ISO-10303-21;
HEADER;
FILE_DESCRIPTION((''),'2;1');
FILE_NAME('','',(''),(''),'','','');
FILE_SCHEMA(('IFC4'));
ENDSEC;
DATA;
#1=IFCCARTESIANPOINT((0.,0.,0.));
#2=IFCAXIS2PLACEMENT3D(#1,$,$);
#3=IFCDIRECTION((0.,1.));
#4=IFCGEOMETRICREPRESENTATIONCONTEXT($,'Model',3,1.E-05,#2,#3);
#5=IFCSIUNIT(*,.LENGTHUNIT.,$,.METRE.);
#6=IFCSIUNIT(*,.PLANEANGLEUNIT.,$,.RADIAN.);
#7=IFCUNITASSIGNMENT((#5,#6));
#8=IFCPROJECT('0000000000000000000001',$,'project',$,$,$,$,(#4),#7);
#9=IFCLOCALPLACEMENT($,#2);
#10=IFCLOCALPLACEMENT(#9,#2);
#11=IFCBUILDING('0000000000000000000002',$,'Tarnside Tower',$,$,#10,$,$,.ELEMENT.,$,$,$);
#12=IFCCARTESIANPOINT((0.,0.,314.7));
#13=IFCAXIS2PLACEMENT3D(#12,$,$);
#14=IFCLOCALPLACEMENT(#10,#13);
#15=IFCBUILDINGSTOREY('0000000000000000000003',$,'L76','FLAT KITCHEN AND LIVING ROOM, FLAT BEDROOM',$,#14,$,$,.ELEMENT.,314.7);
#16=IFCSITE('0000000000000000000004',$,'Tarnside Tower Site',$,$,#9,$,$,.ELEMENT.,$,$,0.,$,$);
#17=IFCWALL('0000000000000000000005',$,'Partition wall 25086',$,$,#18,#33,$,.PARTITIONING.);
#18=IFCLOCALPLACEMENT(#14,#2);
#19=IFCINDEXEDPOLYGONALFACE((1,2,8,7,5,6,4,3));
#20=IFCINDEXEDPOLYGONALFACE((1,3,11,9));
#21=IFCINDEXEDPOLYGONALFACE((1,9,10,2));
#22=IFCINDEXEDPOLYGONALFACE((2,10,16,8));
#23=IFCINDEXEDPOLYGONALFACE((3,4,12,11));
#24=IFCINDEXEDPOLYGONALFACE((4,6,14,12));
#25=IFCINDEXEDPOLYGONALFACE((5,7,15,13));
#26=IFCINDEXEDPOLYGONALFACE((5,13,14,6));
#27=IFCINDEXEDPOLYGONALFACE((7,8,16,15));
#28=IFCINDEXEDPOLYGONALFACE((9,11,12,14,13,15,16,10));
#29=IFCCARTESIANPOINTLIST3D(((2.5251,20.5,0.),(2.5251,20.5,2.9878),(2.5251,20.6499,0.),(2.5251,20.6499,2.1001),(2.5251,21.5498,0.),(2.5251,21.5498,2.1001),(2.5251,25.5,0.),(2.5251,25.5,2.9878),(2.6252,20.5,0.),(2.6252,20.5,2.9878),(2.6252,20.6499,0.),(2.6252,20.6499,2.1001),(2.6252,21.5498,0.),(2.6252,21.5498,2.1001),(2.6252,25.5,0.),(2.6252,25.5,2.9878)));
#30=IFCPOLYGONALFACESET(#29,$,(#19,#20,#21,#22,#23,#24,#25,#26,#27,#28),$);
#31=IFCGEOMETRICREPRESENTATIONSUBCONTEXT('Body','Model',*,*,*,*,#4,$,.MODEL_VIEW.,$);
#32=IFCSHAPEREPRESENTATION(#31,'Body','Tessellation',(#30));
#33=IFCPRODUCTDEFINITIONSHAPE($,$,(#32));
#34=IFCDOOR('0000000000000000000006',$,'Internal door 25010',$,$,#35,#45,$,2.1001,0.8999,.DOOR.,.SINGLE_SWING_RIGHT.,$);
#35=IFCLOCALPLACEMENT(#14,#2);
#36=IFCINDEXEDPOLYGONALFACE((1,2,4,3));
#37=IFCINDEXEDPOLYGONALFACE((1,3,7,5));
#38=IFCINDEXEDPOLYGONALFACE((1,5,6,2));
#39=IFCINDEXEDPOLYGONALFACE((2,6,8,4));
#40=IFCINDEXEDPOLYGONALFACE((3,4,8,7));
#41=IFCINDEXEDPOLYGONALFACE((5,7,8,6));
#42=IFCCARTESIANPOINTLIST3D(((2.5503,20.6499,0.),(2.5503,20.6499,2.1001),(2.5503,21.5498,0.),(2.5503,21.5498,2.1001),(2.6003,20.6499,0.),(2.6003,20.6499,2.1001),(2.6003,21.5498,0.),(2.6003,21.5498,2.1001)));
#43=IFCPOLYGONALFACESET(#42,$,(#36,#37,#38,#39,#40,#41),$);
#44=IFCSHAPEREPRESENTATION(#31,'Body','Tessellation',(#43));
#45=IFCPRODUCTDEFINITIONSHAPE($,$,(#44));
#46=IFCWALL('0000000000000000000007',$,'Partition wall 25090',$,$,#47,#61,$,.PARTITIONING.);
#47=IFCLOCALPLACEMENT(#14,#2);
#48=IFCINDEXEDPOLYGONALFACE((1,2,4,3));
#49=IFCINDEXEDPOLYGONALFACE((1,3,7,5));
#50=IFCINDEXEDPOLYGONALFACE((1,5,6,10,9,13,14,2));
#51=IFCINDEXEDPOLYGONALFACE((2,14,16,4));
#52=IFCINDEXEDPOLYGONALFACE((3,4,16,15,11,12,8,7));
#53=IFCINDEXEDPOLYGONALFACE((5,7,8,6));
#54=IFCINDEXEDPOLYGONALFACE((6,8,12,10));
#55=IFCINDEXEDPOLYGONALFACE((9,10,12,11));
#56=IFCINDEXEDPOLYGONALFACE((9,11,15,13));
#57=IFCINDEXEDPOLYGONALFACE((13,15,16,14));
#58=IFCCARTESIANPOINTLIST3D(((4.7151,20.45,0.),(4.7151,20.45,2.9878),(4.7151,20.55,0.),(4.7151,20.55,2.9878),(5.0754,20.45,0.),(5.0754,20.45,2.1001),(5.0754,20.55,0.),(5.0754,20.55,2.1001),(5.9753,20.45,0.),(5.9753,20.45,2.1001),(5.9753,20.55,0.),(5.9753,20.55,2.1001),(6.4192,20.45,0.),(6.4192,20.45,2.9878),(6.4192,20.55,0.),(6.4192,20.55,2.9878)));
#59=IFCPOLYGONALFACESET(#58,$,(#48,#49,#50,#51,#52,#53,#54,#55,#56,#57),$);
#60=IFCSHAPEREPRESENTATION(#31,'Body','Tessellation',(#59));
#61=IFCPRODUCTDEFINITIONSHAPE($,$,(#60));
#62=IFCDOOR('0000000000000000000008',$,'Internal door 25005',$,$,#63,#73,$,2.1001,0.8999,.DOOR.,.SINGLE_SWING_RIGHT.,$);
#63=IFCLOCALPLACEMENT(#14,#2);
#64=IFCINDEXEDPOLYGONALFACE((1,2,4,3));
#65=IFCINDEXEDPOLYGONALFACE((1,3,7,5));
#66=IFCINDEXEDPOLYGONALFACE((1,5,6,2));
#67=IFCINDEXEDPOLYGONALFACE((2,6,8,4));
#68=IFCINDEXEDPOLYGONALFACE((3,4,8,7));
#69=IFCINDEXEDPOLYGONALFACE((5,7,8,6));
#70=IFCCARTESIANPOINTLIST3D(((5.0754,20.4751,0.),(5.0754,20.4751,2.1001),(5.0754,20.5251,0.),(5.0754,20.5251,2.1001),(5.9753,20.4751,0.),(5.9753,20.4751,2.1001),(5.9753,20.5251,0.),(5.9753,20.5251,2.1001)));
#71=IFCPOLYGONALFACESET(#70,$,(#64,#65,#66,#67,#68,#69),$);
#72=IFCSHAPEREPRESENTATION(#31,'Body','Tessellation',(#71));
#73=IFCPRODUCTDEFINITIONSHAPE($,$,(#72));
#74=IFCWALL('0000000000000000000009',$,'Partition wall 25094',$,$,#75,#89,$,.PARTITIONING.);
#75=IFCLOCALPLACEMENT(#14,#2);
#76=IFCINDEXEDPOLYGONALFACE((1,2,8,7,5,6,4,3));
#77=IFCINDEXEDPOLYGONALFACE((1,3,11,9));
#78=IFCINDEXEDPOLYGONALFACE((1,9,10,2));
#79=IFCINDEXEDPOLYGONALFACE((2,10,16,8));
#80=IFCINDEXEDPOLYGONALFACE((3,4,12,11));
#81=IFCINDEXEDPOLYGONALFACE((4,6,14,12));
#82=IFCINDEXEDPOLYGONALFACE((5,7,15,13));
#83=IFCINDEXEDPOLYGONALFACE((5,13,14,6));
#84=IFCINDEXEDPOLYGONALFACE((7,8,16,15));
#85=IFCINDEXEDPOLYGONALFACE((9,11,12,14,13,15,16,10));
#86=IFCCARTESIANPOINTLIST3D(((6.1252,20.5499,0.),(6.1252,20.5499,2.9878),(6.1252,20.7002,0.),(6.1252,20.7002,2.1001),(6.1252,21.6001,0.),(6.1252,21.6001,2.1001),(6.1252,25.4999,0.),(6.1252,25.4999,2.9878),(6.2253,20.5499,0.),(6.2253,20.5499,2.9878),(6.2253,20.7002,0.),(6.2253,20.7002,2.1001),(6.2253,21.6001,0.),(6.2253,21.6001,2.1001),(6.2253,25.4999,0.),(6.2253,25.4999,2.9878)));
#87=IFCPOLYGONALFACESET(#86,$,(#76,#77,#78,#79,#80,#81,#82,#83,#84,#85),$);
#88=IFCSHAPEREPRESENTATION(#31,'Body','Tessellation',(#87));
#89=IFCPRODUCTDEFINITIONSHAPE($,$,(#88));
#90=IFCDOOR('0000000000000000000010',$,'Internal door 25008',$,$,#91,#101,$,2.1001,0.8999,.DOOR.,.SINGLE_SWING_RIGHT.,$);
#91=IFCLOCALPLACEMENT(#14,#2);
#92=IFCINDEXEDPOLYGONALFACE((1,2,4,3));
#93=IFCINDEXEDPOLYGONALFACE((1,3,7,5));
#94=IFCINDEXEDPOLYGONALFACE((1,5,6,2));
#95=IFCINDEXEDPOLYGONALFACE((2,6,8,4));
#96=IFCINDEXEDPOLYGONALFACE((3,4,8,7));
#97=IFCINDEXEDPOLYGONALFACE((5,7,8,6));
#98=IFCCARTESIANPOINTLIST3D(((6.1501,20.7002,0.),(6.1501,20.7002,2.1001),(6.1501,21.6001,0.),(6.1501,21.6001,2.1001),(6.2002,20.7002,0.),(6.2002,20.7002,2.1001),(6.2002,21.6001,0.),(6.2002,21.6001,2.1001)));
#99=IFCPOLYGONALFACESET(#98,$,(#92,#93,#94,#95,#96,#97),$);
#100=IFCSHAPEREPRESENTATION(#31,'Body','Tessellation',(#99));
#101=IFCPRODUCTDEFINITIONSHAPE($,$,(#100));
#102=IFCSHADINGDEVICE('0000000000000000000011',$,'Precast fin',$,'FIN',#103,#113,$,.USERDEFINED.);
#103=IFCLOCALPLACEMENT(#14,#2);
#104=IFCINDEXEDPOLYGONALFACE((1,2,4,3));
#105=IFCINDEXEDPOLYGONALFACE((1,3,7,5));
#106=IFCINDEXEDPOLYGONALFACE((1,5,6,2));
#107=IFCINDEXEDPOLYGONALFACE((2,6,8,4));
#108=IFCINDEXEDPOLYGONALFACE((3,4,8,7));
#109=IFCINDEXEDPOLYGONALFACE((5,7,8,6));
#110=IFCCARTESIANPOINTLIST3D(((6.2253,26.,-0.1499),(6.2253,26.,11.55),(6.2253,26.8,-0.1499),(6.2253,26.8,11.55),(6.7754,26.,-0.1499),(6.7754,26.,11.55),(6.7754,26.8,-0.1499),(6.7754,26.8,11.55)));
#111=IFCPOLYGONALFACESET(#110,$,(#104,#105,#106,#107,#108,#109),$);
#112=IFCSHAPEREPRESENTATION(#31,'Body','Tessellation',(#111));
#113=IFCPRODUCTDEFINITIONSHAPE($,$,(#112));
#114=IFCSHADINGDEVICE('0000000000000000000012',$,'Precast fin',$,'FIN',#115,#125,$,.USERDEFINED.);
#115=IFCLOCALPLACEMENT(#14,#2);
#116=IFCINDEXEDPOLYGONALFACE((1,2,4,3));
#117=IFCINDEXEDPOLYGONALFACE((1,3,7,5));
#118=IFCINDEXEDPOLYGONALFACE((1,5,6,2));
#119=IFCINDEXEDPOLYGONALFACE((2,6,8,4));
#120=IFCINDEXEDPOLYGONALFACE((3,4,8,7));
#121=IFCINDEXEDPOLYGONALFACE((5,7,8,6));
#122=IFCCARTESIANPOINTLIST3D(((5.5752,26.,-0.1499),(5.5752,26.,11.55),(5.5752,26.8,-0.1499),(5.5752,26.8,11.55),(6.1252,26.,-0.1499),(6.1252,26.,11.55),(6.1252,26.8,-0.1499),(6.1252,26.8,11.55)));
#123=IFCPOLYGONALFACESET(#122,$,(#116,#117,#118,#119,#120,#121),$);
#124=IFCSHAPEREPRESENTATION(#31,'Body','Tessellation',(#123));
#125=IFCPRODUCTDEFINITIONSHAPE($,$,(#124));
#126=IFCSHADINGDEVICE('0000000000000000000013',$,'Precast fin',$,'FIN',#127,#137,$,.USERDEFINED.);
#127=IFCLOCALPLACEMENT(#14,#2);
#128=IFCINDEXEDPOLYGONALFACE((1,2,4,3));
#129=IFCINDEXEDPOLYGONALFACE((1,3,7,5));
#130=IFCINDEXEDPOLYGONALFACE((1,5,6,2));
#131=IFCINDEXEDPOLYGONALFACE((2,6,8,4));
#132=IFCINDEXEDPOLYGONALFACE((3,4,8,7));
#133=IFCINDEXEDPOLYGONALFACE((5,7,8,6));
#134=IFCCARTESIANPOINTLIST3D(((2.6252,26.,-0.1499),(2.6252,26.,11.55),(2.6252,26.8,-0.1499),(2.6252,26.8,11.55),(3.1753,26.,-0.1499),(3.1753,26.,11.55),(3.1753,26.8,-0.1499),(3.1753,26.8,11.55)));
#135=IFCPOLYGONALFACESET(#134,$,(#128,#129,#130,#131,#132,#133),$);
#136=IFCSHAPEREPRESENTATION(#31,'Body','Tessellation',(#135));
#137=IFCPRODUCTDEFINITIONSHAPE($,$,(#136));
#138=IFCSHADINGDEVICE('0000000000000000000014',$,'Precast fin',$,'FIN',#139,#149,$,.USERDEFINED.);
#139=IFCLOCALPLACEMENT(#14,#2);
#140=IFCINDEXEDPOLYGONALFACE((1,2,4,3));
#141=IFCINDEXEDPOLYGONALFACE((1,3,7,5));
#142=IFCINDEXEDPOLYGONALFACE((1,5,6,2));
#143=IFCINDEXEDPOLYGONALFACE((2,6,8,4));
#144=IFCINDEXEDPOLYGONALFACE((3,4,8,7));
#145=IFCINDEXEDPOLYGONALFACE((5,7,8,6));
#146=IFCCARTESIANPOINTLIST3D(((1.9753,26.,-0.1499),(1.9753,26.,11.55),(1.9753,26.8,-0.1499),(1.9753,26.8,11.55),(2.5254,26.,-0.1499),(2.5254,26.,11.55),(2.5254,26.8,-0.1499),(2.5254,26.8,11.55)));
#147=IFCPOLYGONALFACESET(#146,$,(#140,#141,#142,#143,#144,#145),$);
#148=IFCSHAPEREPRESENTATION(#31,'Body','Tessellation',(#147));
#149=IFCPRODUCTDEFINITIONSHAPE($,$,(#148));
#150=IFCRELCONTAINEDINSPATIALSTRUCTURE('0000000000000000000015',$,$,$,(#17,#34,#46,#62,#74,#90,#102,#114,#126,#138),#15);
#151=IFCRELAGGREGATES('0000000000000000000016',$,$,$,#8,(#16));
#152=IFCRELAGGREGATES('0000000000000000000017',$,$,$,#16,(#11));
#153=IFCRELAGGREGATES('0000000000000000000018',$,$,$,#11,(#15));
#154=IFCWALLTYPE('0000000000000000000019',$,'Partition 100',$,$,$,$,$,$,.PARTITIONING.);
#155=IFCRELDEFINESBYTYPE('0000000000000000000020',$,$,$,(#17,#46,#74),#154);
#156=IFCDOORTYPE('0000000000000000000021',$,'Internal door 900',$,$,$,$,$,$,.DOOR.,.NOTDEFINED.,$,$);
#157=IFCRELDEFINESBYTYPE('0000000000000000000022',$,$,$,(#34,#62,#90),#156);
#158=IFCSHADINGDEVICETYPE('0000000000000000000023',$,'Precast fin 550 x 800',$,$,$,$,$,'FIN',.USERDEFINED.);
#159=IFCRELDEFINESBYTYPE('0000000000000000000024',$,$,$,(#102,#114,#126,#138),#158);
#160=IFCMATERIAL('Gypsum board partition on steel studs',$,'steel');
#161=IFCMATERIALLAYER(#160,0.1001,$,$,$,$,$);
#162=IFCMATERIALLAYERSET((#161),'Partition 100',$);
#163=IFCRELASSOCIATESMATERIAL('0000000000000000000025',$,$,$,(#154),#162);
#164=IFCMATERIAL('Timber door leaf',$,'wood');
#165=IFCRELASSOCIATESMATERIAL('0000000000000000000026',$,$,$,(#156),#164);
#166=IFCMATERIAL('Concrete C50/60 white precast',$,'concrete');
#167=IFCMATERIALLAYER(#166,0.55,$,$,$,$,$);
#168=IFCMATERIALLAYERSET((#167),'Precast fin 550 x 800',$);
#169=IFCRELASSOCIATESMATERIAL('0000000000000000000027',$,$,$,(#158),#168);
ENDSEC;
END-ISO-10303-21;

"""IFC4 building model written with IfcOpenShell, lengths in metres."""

from ifc_helpers import new_model, si_unit, direction, frame, frame_2d, origin, place, context, subcontext, project, spatial, polyline, rectangle, outline, extrude, material, layer, layer_set, type_object, element, fill, save


model = new_model("IFC4")

# Units and contexts
model_context = context("Model", 3, precision=1e-05, world=origin(), true_north=direction((0.0, 1.0)))
body_context = subcontext(model_context, "Body", "Model", "MODEL_VIEW")
ifc_project = project(units=[si_unit("LENGTHUNIT", "METRE"), si_unit("PLANEANGLEUNIT", "RADIAN")], contexts=[model_context])

# Site, building, storey
site_placement = place(None, origin())
site = spatial("IfcSite", under=ifc_project, at=site_placement, Name="Tarnside Tower Site", CompositionType="ELEMENT", RefElevation=0.0)
building_placement = place(site_placement, origin())
building = spatial("IfcBuilding", under=site, at=building_placement, Name="Tarnside Tower", CompositionType="ELEMENT")
storey_placement = place(building_placement, frame((0.0, 0.0, 314.7)))
storey = spatial("IfcBuildingStorey", under=building, at=storey_placement, Name="L76", Description="FLAT KITCHEN AND LIVING ROOM, FLAT BEDROOM", CompositionType="ELEMENT", Elevation=314.7)

# Shared definitions
ifc_material_1 = material(Name="Gypsum board partition on steel studs", Category="steel")
ifc_material_2 = material(Name="Timber door leaf", Category="wood")

# Walls, openings, doors
ifc_layer_1 = layer(ifc_material_1, 0.1001)
ifc_layer_set_1 = layer_set([ifc_layer_1], Name="Partition 100")
wall_type_1 = type_object("IfcWallType", Name="Partition 100", PredefinedType="PARTITIONING", material=ifc_layer_set_1)
wall_1_placement = place(storey_placement, frame((2.5752, 20.5, 0.0), z_axis=(0.0, 0.0, 1.0), x_axis=(0.0, 1.0, 0.0)))
wall_1 = element("IfcWall", 1, at=wall_1_placement, inside=storey, type_object=wall_type_1, Name="Partition wall 25086", PredefinedType="PARTITIONING", context=body_context, shape_type="SweptSolid", body=[
    extrude(rectangle(XDim=5.0, YDim=0.1001, at=frame_2d((2.5, 0.0))), origin(), (0.0, 0.0, 1.0), 2.9878),
])
opening_1_placement = place(wall_1_placement, frame((0.1499, 0.0, 0.0)))
opening_1 = element("IfcOpeningElement", 2, at=opening_1_placement, cuts=wall_1, PredefinedType="OPENING", context=body_context, shape_type="SweptSolid", body=[
    extrude(rectangle(XDim=0.8999, YDim=2.1001, at=frame_2d((0.45, 1.05))), frame((0.0, 0.0601, 0.0), z_axis=(0.0, -1.0, 0.0), x_axis=(1.0, 0.0, 0.0)), (0.0, 0.0, 1.0), 0.1201),
])
door_type_1 = type_object("IfcDoorType", Name="Internal door 900", OperationType="NOTDEFINED", PredefinedType="DOOR", material=ifc_material_2)
door_1_placement = place(opening_1_placement, origin())
door_1 = element("IfcDoor", 3, at=door_1_placement, inside=storey, type_object=door_type_1, Name="Internal door 25010", OperationType="SINGLE_SWING_RIGHT", OverallHeight=2.1001, OverallWidth=0.8999, PredefinedType="DOOR", context=body_context, shape_type="SweptSolid", body=[
    extrude(rectangle(XDim=0.8999, YDim=2.1001, at=frame_2d((0.45, 1.05))), frame((0.0, 0.0249, 0.0), z_axis=(0.0, -1.0, 0.0), x_axis=(1.0, 0.0, 0.0)), (0.0, 0.0, 1.0), 0.05),
])
fill(opening_1, door_1)
wall_2_placement = place(storey_placement, frame((6.4192, 20.5, 0.0), z_axis=(0.0, 0.0, 1.0), x_axis=(-1.0, 0.0, 0.0)))
wall_2 = element("IfcWall", 4, at=wall_2_placement, inside=storey, type_object=wall_type_1, Name="Partition wall 25090", PredefinedType="PARTITIONING", context=body_context, shape_type="SweptSolid", body=[
    extrude(rectangle(XDim=1.7041, YDim=0.1001, at=frame_2d((0.8521, 0.0))), origin(), (0.0, 0.0, 1.0), 2.9878),
])
opening_2_placement = place(wall_2_placement, frame((0.4438, 0.0, 0.0)))
opening_2 = element("IfcOpeningElement", 5, at=opening_2_placement, cuts=wall_2, PredefinedType="OPENING", context=body_context, shape_type="SweptSolid", body=[
    extrude(rectangle(XDim=0.8999, YDim=2.1001, at=frame_2d((0.45, 1.05))), frame((0.0, 0.0601, 0.0), z_axis=(0.0, -1.0, 0.0), x_axis=(1.0, 0.0, 0.0)), (0.0, 0.0, 1.0), 0.1201),
])
door_2_placement = place(opening_2_placement, origin())
door_2 = element("IfcDoor", 6, at=door_2_placement, inside=storey, type_object=door_type_1, Name="Internal door 25005", OperationType="SINGLE_SWING_RIGHT", OverallHeight=2.1001, OverallWidth=0.8999, PredefinedType="DOOR", context=body_context, shape_type="SweptSolid", body=[
    extrude(rectangle(XDim=0.8999, YDim=2.1001, at=frame_2d((0.45, 1.05))), frame((0.0, 0.0249, 0.0), z_axis=(0.0, -1.0, 0.0), x_axis=(1.0, 0.0, 0.0)), (0.0, 0.0, 1.0), 0.05),
])
fill(opening_2, door_2)
wall_3_placement = place(storey_placement, frame((6.1753, 25.5, 0.0), z_axis=(0.0, 0.0, 1.0), x_axis=(0.0, -1.0, 0.0)))
wall_3 = element("IfcWall", 7, at=wall_3_placement, inside=storey, type_object=wall_type_1, Name="Partition wall 25094", PredefinedType="PARTITIONING", context=body_context, shape_type="SweptSolid", body=[
    extrude(rectangle(XDim=4.95, YDim=0.1001, at=frame_2d((2.4751, 0.0))), origin(), (0.0, 0.0, 1.0), 2.9878),
])
opening_3_placement = place(wall_3_placement, frame((3.8999, 0.0, 0.0)))
opening_3 = element("IfcOpeningElement", 8, at=opening_3_placement, cuts=wall_3, PredefinedType="OPENING", context=body_context, shape_type="SweptSolid", body=[
    extrude(rectangle(XDim=0.8999, YDim=2.1001, at=frame_2d((0.45, 1.05))), frame((0.0, 0.0601, 0.0), z_axis=(0.0, -1.0, 0.0), x_axis=(1.0, 0.0, 0.0)), (0.0, 0.0, 1.0), 0.1201),
])
door_3_placement = place(opening_3_placement, origin())
door_3 = element("IfcDoor", 9, at=door_3_placement, inside=storey, type_object=door_type_1, Name="Internal door 25008", OperationType="SINGLE_SWING_RIGHT", OverallHeight=2.1001, OverallWidth=0.8999, PredefinedType="DOOR", context=body_context, shape_type="SweptSolid", body=[
    extrude(rectangle(XDim=0.8999, YDim=2.1001, at=frame_2d((0.45, 1.05))), frame((0.0, 0.0249, 0.0), z_axis=(0.0, -1.0, 0.0), x_axis=(1.0, 0.0, 0.0)), (0.0, 0.0, 1.0), 0.05),
])
fill(opening_3, door_3)

# Shading devices
ifc_material_3 = material(Name="Concrete C50/60 white precast", Category="concrete")
ifc_layer_2 = layer(ifc_material_3, 0.55)
ifc_layer_set_2 = layer_set([ifc_layer_2], Name="Precast fin 550 x 800")
shading_device_type = type_object("IfcShadingDeviceType", Name="Precast fin 550 x 800", ElementType="FIN", PredefinedType="USERDEFINED", material=ifc_layer_set_2)
for number, where, z_axis, x_axis, name in (
    (10, (6.5002, 26.0, -0.1499), (1.0, 0.0, 0.0), (0.0, 1.0, 0.0), "Precast fin"),
    (11, (5.8501, 26.0, -0.1499), (1.0, 0.0, 0.0), (0.0, 1.0, 0.0), "Precast fin"),
    (12, (2.9001, 26.0, -0.1499), (1.0, 0.0, 0.0), (0.0, 1.0, 0.0), "Precast fin"),
    (13, (2.2502, 26.0, -0.1499), (1.0, 0.0, 0.0), (0.0, 1.0, 0.0), "Precast fin"),
):
    element("IfcShadingDevice", number, at=place(storey_placement, frame(where, z_axis=z_axis, x_axis=x_axis)), inside=storey, type_object=shading_device_type, Name=name, ObjectType="FIN", PredefinedType="USERDEFINED", context=body_context, shape_type="SweptSolid", body=[
        extrude(outline(polyline([(0.0, 0.0), (0.8, 0.0), (0.8, 11.7), (0.0, 11.7), (0.0, 0.0)])), frame((0.0, 0.0, -0.2749)), (0.0, 0.0, 1.0), 0.55),
    ])

save(model, "model.ifc")
